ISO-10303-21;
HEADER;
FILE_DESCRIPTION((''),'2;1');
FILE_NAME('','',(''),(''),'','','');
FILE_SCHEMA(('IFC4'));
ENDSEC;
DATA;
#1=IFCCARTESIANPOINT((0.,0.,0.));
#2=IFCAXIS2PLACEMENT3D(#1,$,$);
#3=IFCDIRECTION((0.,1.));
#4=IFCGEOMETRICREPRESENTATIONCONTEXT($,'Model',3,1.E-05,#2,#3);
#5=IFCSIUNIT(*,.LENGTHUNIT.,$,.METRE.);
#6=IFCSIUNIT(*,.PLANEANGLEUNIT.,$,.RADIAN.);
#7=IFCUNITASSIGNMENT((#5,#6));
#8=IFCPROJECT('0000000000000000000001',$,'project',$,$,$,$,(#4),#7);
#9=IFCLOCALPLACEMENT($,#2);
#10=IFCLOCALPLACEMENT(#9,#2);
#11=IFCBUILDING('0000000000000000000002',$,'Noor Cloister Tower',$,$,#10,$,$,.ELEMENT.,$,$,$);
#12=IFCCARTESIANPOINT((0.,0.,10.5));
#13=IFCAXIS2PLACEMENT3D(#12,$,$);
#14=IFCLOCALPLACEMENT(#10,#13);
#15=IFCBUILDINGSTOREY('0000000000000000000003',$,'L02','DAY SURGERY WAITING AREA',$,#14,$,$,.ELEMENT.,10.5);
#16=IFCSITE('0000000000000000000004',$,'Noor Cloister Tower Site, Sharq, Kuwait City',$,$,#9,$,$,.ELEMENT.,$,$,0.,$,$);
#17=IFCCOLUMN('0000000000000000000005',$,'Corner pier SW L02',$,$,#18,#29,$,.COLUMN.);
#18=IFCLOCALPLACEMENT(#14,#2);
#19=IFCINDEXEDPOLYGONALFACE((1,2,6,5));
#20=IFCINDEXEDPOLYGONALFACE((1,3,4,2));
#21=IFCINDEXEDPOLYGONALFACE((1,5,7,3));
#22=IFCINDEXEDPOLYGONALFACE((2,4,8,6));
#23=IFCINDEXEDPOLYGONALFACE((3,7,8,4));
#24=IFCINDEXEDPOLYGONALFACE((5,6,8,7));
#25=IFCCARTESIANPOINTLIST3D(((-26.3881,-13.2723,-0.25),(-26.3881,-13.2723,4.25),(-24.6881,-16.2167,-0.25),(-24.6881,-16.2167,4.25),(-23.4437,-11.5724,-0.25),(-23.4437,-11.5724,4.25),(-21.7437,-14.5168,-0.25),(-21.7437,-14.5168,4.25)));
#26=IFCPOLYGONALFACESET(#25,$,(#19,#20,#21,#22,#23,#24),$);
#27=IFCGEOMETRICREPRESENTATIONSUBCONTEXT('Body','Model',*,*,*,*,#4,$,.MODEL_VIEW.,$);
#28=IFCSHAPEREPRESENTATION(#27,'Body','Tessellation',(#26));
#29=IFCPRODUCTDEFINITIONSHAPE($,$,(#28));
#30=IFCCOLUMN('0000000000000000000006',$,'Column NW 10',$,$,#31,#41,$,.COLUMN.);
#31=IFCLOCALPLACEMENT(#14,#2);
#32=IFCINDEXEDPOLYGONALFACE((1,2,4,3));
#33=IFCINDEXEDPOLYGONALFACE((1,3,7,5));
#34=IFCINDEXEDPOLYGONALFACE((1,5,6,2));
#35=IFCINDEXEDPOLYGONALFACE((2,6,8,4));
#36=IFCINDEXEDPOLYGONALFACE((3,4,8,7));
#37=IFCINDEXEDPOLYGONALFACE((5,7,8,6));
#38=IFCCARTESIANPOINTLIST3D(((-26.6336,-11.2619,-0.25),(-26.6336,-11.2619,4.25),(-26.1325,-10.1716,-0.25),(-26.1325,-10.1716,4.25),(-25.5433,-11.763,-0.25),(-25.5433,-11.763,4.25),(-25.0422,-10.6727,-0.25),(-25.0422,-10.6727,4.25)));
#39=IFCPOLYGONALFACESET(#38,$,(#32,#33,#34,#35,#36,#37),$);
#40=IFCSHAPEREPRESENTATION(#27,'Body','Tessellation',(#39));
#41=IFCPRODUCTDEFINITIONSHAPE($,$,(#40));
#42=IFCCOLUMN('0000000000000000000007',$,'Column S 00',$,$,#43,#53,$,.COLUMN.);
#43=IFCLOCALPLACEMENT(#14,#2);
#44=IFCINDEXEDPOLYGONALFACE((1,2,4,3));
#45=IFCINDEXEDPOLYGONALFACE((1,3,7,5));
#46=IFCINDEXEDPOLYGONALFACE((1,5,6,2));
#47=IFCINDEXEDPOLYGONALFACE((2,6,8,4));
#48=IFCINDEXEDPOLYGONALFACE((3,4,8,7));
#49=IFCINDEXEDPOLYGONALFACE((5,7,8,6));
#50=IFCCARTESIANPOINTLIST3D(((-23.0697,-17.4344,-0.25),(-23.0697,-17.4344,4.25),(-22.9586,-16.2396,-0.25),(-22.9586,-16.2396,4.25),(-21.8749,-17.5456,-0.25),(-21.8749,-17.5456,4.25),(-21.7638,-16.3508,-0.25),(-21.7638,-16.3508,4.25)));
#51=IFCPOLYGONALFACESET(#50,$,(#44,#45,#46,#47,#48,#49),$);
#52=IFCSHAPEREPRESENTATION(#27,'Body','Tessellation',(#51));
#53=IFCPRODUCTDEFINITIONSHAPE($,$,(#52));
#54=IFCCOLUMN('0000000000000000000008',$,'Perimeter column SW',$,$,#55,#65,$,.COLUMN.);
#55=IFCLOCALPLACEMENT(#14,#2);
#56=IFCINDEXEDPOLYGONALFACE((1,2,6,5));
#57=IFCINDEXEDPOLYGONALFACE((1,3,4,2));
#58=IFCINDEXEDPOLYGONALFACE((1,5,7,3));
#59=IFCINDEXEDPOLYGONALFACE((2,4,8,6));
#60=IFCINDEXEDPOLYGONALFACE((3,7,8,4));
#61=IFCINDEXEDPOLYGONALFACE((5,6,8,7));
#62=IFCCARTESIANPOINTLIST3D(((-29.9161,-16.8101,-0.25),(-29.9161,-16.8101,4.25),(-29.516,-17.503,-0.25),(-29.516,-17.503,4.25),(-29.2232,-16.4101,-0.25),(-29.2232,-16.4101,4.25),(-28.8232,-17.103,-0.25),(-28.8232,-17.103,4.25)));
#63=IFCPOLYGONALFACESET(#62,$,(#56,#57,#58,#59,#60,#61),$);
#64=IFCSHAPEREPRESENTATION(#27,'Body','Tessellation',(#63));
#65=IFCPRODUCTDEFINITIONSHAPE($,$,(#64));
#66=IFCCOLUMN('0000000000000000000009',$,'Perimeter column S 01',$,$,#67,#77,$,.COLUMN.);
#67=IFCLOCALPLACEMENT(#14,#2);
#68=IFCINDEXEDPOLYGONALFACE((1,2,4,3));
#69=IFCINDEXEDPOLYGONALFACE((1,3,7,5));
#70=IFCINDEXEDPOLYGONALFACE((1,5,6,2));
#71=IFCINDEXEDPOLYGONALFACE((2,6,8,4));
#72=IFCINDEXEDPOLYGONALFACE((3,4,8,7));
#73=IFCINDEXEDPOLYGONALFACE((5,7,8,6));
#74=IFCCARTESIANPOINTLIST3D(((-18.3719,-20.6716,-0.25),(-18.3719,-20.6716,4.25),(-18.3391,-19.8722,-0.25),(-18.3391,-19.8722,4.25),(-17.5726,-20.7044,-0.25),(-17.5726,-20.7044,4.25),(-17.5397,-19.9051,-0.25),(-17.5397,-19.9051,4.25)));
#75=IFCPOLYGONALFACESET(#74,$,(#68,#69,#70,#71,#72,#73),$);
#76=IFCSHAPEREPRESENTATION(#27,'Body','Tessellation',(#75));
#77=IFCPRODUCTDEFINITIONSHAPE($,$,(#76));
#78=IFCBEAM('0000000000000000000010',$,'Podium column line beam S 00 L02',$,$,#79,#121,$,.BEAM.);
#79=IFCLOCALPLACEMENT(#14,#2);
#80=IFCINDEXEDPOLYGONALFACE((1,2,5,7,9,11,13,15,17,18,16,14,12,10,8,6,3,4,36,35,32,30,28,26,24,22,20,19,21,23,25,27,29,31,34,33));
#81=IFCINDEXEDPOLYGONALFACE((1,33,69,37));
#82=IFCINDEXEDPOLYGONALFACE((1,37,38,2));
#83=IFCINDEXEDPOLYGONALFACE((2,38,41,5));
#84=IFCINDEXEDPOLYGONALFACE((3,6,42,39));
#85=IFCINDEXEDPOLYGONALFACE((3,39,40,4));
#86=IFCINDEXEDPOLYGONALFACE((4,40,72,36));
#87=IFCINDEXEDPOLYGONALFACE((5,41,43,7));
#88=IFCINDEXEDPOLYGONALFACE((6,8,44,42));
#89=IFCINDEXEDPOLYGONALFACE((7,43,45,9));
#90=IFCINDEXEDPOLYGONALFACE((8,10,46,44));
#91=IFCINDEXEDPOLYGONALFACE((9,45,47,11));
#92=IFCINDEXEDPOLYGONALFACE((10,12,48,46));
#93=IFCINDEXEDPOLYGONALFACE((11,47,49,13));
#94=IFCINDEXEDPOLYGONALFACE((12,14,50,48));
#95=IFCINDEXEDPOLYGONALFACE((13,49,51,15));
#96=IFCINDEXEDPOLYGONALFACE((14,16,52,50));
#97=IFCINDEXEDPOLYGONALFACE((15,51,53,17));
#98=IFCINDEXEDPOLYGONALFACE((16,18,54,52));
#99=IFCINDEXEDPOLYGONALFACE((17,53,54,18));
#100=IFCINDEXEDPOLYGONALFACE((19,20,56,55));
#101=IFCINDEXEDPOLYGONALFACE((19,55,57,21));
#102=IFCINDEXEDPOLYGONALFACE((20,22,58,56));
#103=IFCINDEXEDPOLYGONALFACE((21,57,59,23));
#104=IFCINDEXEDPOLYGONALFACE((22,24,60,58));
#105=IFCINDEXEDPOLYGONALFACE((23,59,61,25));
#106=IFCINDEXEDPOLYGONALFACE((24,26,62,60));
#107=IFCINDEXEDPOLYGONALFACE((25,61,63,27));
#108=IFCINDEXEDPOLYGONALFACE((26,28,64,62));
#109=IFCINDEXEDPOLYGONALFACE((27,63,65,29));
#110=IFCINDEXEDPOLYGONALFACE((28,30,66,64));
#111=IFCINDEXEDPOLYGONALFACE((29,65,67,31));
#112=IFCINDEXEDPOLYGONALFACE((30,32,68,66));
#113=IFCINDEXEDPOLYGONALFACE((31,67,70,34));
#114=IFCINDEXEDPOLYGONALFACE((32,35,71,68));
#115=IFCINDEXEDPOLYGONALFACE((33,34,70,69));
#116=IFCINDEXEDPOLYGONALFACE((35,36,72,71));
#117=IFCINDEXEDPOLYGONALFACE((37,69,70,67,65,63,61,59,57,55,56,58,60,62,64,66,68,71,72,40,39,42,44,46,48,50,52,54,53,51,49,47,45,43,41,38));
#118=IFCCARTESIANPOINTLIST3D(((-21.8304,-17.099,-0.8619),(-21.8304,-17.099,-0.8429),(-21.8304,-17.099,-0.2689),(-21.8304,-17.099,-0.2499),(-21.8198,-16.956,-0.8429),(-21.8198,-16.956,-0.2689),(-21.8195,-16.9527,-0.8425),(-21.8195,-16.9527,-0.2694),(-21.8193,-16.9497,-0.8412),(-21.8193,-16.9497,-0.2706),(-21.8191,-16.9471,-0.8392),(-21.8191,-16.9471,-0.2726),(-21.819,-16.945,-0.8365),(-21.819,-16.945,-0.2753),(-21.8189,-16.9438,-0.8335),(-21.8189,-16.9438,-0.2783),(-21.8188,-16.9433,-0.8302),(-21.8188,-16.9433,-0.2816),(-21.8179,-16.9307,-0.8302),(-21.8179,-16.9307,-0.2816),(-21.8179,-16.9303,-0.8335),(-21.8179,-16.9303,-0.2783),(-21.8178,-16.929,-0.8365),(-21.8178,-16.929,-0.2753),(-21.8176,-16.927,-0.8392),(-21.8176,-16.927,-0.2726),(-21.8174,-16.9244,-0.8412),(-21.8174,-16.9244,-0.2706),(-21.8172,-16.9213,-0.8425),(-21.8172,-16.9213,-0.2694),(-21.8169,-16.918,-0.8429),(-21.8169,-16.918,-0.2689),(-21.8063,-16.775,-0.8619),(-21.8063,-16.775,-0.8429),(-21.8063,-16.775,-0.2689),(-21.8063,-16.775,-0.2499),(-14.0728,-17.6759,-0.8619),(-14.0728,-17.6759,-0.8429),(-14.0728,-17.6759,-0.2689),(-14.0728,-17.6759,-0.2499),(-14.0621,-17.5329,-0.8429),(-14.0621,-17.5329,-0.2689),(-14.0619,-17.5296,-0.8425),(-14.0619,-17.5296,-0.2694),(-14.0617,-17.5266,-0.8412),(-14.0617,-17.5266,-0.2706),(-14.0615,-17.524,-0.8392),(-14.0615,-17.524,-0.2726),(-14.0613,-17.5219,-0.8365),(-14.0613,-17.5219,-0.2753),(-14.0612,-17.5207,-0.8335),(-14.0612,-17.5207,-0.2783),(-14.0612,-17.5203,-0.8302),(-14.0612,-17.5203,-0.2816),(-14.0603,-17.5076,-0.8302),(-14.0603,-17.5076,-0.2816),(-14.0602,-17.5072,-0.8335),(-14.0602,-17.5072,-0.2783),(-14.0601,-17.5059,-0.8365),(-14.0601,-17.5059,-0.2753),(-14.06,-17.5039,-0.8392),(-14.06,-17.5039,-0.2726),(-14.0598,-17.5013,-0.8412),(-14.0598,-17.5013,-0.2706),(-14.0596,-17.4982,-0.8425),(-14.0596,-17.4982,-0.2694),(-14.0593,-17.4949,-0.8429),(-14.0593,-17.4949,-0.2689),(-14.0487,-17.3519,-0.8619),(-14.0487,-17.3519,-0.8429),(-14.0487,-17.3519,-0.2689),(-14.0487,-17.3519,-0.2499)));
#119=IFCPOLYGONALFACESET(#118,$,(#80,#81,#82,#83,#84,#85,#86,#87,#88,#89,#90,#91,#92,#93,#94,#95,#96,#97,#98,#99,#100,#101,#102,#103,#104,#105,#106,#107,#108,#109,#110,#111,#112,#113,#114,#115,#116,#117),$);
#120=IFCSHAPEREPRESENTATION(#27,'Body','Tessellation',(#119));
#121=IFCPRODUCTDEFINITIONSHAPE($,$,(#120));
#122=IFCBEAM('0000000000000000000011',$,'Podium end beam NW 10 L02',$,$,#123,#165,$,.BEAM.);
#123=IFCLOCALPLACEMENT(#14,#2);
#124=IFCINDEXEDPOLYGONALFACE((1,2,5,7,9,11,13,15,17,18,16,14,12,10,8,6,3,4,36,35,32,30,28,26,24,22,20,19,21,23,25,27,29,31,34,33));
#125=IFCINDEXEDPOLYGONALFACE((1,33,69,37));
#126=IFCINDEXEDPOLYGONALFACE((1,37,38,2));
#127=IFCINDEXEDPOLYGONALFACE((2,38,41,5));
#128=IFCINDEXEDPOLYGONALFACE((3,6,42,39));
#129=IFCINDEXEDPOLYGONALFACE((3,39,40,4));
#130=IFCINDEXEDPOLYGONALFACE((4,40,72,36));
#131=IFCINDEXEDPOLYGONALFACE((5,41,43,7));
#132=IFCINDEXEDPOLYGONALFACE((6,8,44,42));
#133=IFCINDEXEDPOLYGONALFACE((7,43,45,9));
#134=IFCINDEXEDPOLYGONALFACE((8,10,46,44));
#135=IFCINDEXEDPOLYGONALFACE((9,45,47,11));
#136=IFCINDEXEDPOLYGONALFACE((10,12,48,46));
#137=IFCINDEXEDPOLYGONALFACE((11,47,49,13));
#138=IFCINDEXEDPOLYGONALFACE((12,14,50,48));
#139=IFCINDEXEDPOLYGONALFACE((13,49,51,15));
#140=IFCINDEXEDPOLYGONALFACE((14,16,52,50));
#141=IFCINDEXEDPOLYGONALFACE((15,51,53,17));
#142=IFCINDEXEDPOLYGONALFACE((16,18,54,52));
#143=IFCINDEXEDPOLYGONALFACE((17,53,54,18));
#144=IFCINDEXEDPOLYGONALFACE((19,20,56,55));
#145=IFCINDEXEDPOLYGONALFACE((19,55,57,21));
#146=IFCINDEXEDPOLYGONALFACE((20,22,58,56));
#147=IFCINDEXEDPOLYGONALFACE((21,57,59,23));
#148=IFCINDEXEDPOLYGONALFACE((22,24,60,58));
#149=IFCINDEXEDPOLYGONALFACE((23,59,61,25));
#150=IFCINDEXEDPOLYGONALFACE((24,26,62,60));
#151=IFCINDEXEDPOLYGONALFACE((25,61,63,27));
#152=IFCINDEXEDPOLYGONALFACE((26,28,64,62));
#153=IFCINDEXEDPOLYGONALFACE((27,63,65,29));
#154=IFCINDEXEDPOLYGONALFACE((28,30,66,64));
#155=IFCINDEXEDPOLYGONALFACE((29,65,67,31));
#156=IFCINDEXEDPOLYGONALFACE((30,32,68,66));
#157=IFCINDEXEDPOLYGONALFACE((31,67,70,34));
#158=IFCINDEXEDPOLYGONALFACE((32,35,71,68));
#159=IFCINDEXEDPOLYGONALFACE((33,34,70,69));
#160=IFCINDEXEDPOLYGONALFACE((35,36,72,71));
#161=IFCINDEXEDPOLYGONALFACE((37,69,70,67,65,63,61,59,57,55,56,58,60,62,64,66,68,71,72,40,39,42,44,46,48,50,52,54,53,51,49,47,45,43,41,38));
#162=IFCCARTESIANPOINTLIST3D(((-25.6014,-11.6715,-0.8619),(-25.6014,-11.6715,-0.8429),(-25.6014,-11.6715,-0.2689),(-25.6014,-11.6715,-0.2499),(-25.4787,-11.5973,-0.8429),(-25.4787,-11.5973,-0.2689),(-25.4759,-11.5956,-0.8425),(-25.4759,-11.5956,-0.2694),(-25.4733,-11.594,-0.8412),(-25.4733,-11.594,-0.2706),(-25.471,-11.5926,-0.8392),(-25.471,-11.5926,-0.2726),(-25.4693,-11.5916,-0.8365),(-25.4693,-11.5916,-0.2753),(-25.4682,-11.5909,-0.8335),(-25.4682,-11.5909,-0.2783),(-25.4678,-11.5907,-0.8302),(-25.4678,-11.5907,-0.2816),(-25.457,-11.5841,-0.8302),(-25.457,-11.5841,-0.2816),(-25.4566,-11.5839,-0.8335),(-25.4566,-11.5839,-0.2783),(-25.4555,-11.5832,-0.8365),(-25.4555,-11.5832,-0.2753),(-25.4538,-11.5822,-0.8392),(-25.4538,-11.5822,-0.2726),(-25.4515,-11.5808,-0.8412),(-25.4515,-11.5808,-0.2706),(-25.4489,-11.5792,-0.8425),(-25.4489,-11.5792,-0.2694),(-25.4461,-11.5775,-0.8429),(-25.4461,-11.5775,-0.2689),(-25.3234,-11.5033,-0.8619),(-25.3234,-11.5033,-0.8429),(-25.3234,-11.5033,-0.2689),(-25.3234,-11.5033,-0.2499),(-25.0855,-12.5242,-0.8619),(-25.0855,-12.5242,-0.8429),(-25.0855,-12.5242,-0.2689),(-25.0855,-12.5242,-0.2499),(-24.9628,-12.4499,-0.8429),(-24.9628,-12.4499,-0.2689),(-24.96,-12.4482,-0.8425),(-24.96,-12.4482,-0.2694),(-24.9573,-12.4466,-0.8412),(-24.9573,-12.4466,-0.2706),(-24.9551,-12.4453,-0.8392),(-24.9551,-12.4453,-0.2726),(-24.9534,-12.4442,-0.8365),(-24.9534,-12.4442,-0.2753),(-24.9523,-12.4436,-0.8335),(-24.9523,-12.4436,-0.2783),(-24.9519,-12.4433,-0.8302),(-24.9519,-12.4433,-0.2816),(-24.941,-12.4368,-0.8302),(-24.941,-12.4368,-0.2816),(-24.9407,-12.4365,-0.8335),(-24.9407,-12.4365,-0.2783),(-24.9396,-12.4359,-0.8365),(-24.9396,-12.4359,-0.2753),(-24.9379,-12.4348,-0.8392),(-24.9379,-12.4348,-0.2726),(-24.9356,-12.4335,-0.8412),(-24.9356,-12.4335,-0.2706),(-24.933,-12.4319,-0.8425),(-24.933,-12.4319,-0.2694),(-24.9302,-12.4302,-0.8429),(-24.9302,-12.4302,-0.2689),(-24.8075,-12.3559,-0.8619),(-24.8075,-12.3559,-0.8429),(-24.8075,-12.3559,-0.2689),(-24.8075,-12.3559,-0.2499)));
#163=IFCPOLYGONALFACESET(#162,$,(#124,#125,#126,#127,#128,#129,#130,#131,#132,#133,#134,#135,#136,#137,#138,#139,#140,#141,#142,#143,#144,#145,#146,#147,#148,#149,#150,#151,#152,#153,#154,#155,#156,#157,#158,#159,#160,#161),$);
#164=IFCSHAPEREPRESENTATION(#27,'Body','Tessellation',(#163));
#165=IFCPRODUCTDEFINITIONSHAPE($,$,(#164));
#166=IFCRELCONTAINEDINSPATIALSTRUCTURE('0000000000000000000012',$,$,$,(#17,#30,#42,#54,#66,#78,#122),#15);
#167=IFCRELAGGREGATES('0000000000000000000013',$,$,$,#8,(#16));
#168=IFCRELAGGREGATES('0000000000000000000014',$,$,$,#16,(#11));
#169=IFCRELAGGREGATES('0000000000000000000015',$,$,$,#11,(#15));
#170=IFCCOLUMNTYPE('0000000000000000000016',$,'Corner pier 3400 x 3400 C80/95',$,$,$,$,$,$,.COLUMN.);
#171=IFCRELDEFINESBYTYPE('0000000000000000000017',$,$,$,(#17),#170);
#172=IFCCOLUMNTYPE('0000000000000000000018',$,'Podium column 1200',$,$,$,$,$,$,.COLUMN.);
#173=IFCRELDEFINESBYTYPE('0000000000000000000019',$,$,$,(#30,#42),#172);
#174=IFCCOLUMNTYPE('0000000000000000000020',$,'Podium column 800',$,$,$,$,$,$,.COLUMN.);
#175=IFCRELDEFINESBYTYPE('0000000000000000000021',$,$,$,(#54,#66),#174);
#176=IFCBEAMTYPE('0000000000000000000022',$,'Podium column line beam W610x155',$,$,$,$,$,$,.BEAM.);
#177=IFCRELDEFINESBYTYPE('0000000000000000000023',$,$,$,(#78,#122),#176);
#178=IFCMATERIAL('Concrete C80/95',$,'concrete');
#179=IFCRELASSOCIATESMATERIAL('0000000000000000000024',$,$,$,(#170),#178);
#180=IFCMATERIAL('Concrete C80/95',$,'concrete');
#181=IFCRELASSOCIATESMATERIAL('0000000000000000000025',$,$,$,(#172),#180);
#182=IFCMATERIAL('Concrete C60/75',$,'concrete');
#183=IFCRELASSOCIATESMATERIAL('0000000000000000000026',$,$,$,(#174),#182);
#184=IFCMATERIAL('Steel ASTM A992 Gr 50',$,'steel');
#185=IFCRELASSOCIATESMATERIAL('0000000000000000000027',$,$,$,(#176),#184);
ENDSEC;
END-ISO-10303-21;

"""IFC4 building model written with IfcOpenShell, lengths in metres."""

from ifc_helpers import new_model, si_unit, direction, frame, origin, origin_2d, place, context, subcontext, project, spatial, rectangle, i_section, extrude, material, material_profile, profile_set, type_object, element, save


model = new_model("IFC4")

# Units and contexts
model_context = context("Model", 3, precision=1e-05, world=origin(), true_north=direction((0.0, 1.0)))
body_context = subcontext(model_context, "Body", "Model", "MODEL_VIEW")
ifc_project = project(units=[si_unit("LENGTHUNIT", "METRE"), si_unit("PLANEANGLEUNIT", "RADIAN")], contexts=[model_context])

# Site, building, storey
site_placement = place(None, origin())
site = spatial("IfcSite", under=ifc_project, at=site_placement, Name="Noor Cloister Tower Site, Sharq, Kuwait City", CompositionType="ELEMENT", RefElevation=0.0)
building_placement = place(site_placement, origin())
building = spatial("IfcBuilding", under=site, at=building_placement, Name="Noor Cloister Tower", CompositionType="ELEMENT")
storey_placement = place(building_placement, frame((0.0, 0.0, 10.5)))
storey = spatial("IfcBuildingStorey", under=building, at=storey_placement, Name="L02", Description="DAY SURGERY WAITING AREA", CompositionType="ELEMENT", Elevation=10.5)

# Columns
ifc_material_1 = material(Name="Concrete C80/95", Category="concrete")
ifc_material_profile_1 = material_profile(ifc_material_1, rectangle(XDim=3.3999, YDim=3.3999, at=origin_2d()), Name="RC 3400x3400")
ifc_profile_set_1 = profile_set([ifc_material_profile_1], Name="Concrete C80/95")
column_type_1 = type_object("IfcColumnType", Name="Corner pier 3400 x 3400 C80/95", PredefinedType="COLUMN", material=ifc_profile_set_1)
column_placement = place(storey_placement, frame((-24.0659, -13.8945, -0.25), z_axis=(0.0, 0.0, 1.0), x_axis=(-0.866025, -0.5, 0.0)))
element("IfcColumn", 1, at=column_placement, inside=storey, type_object=column_type_1, Name="Corner pier SW L02", PredefinedType="COLUMN", context=body_context, shape_type="SweptSolid", body=[
    extrude(rectangle(XDim=3.3999, YDim=3.3999, at=origin_2d()), origin(), (0.0, 0.0, 1.0), 4.5),
])
ifc_material_2 = material(Name="Concrete C80/95", Category="concrete")
ifc_material_profile_2 = material_profile(ifc_material_2, rectangle(XDim=1.2, YDim=1.2, at=origin_2d()), Name="Podium column 1200")
ifc_profile_set_2 = profile_set([ifc_material_profile_2], Name="Concrete C80/95")
column_type_2 = type_object("IfcColumnType", Name="Podium column 1200", PredefinedType="COLUMN", material=ifc_profile_set_2)
for number, where, z_axis, x_axis, name in (
    (2, (-25.8379, -10.9673, -0.25), (0.0, 0.0, 1.0), (-0.90862, 0.417624, 0.0), "Column NW 10"),
    (3, (-22.4167, -16.8926, -0.25), (0.0, 0.0, 1.0), (-0.092636, -0.9957, 0.0), "Column S 00"),
):
    element("IfcColumn", number, at=place(storey_placement, frame(where, z_axis=z_axis, x_axis=x_axis)), inside=storey, type_object=column_type_2, Name=name, PredefinedType="COLUMN", context=body_context, shape_type="SweptSolid", body=[
        extrude(rectangle(XDim=1.2, YDim=1.2, at=origin_2d()), origin(), (0.0, 0.0, 1.0), 4.5),
    ])
ifc_material_3 = material(Name="Concrete C60/75", Category="concrete")
ifc_material_profile_3 = material_profile(ifc_material_3, rectangle(XDim=0.8, YDim=0.8, at=origin_2d()), Name="Podium column 800")
ifc_profile_set_3 = profile_set([ifc_material_profile_3], Name="Concrete C60/75")
column_type_3 = type_object("IfcColumnType", Name="Podium column 800", PredefinedType="COLUMN", material=ifc_profile_set_3)
for number, where, z_axis, x_axis, name in (
    (4, (-29.3696, -16.9565, -0.25), (0.0, 0.0, 1.0), (-0.866025, -0.5, 0.0), "Perimeter column SW"),
    (5, (-17.9558, -20.2883, -0.25), (0.0, 0.0, 1.0), (-0.041066, -0.999156, 0.0), "Perimeter column S 01"),
):
    element("IfcColumn", number, at=place(storey_placement, frame(where, z_axis=z_axis, x_axis=x_axis)), inside=storey, type_object=column_type_3, Name=name, PredefinedType="COLUMN", context=body_context, shape_type="SweptSolid", body=[
        extrude(rectangle(XDim=0.8, YDim=0.8, at=origin_2d()), origin(), (0.0, 0.0, 1.0), 4.5),
    ])

# Beams
ifc_material_4 = material(Name="Steel ASTM A992 Gr 50", Category="steel")
ifc_material_profile_4 = material_profile(ifc_material_4, i_section(OverallWidth=0.325, OverallDepth=0.6121, WebThickness=0.0127, FlangeThickness=0.019, FilletRadius=0.0127, at=origin_2d()), Name="W610x155")
ifc_profile_set_4 = profile_set([ifc_material_profile_4], Name="Steel ASTM A992 Gr 50")
beam_type_1 = type_object("IfcBeamType", Name="Podium column line beam W610x155", PredefinedType="BEAM", material=ifc_profile_set_4)
beam_1_placement = place(storey_placement, frame((-21.8184, -16.937, -0.5559), z_axis=(0.997246, -0.074162, 0.0), x_axis=(0.074162, 0.997246, 0.0)))
element("IfcBeam", 6, at=beam_1_placement, inside=storey, type_object=beam_type_1, Name="Podium column line beam S 00 L02", PredefinedType="BEAM", context=body_context, shape_type="SweptSolid", body=[
    extrude(i_section(OverallWidth=0.325, OverallDepth=0.6121, WebThickness=0.0127, FlangeThickness=0.019, FilletRadius=0.0127, at=origin_2d()), origin(), (0.0, 0.0, 1.0), 7.7791),
])
for number, where, z_axis, x_axis, name in (
    (7, (-25.4624, -11.5874, -0.5559), (0.517699, -0.855563, 0.0), (0.855563, 0.517699, 0.0), "Podium end beam NW 10 L02"),
):
    element("IfcBeam", number, at=place(storey_placement, frame(where, z_axis=z_axis, x_axis=x_axis)), inside=storey, type_object=beam_type_1, Name=name, PredefinedType="BEAM", context=body_context, shape_type="SweptSolid", body=[
        extrude(i_section(OverallWidth=0.325, OverallDepth=0.6121, WebThickness=0.0127, FlangeThickness=0.019, FilletRadius=0.0127, at=origin_2d()), origin(), (0.0, 0.0, 1.0), 0.9966),
    ])

save(model, "model.ifc")
